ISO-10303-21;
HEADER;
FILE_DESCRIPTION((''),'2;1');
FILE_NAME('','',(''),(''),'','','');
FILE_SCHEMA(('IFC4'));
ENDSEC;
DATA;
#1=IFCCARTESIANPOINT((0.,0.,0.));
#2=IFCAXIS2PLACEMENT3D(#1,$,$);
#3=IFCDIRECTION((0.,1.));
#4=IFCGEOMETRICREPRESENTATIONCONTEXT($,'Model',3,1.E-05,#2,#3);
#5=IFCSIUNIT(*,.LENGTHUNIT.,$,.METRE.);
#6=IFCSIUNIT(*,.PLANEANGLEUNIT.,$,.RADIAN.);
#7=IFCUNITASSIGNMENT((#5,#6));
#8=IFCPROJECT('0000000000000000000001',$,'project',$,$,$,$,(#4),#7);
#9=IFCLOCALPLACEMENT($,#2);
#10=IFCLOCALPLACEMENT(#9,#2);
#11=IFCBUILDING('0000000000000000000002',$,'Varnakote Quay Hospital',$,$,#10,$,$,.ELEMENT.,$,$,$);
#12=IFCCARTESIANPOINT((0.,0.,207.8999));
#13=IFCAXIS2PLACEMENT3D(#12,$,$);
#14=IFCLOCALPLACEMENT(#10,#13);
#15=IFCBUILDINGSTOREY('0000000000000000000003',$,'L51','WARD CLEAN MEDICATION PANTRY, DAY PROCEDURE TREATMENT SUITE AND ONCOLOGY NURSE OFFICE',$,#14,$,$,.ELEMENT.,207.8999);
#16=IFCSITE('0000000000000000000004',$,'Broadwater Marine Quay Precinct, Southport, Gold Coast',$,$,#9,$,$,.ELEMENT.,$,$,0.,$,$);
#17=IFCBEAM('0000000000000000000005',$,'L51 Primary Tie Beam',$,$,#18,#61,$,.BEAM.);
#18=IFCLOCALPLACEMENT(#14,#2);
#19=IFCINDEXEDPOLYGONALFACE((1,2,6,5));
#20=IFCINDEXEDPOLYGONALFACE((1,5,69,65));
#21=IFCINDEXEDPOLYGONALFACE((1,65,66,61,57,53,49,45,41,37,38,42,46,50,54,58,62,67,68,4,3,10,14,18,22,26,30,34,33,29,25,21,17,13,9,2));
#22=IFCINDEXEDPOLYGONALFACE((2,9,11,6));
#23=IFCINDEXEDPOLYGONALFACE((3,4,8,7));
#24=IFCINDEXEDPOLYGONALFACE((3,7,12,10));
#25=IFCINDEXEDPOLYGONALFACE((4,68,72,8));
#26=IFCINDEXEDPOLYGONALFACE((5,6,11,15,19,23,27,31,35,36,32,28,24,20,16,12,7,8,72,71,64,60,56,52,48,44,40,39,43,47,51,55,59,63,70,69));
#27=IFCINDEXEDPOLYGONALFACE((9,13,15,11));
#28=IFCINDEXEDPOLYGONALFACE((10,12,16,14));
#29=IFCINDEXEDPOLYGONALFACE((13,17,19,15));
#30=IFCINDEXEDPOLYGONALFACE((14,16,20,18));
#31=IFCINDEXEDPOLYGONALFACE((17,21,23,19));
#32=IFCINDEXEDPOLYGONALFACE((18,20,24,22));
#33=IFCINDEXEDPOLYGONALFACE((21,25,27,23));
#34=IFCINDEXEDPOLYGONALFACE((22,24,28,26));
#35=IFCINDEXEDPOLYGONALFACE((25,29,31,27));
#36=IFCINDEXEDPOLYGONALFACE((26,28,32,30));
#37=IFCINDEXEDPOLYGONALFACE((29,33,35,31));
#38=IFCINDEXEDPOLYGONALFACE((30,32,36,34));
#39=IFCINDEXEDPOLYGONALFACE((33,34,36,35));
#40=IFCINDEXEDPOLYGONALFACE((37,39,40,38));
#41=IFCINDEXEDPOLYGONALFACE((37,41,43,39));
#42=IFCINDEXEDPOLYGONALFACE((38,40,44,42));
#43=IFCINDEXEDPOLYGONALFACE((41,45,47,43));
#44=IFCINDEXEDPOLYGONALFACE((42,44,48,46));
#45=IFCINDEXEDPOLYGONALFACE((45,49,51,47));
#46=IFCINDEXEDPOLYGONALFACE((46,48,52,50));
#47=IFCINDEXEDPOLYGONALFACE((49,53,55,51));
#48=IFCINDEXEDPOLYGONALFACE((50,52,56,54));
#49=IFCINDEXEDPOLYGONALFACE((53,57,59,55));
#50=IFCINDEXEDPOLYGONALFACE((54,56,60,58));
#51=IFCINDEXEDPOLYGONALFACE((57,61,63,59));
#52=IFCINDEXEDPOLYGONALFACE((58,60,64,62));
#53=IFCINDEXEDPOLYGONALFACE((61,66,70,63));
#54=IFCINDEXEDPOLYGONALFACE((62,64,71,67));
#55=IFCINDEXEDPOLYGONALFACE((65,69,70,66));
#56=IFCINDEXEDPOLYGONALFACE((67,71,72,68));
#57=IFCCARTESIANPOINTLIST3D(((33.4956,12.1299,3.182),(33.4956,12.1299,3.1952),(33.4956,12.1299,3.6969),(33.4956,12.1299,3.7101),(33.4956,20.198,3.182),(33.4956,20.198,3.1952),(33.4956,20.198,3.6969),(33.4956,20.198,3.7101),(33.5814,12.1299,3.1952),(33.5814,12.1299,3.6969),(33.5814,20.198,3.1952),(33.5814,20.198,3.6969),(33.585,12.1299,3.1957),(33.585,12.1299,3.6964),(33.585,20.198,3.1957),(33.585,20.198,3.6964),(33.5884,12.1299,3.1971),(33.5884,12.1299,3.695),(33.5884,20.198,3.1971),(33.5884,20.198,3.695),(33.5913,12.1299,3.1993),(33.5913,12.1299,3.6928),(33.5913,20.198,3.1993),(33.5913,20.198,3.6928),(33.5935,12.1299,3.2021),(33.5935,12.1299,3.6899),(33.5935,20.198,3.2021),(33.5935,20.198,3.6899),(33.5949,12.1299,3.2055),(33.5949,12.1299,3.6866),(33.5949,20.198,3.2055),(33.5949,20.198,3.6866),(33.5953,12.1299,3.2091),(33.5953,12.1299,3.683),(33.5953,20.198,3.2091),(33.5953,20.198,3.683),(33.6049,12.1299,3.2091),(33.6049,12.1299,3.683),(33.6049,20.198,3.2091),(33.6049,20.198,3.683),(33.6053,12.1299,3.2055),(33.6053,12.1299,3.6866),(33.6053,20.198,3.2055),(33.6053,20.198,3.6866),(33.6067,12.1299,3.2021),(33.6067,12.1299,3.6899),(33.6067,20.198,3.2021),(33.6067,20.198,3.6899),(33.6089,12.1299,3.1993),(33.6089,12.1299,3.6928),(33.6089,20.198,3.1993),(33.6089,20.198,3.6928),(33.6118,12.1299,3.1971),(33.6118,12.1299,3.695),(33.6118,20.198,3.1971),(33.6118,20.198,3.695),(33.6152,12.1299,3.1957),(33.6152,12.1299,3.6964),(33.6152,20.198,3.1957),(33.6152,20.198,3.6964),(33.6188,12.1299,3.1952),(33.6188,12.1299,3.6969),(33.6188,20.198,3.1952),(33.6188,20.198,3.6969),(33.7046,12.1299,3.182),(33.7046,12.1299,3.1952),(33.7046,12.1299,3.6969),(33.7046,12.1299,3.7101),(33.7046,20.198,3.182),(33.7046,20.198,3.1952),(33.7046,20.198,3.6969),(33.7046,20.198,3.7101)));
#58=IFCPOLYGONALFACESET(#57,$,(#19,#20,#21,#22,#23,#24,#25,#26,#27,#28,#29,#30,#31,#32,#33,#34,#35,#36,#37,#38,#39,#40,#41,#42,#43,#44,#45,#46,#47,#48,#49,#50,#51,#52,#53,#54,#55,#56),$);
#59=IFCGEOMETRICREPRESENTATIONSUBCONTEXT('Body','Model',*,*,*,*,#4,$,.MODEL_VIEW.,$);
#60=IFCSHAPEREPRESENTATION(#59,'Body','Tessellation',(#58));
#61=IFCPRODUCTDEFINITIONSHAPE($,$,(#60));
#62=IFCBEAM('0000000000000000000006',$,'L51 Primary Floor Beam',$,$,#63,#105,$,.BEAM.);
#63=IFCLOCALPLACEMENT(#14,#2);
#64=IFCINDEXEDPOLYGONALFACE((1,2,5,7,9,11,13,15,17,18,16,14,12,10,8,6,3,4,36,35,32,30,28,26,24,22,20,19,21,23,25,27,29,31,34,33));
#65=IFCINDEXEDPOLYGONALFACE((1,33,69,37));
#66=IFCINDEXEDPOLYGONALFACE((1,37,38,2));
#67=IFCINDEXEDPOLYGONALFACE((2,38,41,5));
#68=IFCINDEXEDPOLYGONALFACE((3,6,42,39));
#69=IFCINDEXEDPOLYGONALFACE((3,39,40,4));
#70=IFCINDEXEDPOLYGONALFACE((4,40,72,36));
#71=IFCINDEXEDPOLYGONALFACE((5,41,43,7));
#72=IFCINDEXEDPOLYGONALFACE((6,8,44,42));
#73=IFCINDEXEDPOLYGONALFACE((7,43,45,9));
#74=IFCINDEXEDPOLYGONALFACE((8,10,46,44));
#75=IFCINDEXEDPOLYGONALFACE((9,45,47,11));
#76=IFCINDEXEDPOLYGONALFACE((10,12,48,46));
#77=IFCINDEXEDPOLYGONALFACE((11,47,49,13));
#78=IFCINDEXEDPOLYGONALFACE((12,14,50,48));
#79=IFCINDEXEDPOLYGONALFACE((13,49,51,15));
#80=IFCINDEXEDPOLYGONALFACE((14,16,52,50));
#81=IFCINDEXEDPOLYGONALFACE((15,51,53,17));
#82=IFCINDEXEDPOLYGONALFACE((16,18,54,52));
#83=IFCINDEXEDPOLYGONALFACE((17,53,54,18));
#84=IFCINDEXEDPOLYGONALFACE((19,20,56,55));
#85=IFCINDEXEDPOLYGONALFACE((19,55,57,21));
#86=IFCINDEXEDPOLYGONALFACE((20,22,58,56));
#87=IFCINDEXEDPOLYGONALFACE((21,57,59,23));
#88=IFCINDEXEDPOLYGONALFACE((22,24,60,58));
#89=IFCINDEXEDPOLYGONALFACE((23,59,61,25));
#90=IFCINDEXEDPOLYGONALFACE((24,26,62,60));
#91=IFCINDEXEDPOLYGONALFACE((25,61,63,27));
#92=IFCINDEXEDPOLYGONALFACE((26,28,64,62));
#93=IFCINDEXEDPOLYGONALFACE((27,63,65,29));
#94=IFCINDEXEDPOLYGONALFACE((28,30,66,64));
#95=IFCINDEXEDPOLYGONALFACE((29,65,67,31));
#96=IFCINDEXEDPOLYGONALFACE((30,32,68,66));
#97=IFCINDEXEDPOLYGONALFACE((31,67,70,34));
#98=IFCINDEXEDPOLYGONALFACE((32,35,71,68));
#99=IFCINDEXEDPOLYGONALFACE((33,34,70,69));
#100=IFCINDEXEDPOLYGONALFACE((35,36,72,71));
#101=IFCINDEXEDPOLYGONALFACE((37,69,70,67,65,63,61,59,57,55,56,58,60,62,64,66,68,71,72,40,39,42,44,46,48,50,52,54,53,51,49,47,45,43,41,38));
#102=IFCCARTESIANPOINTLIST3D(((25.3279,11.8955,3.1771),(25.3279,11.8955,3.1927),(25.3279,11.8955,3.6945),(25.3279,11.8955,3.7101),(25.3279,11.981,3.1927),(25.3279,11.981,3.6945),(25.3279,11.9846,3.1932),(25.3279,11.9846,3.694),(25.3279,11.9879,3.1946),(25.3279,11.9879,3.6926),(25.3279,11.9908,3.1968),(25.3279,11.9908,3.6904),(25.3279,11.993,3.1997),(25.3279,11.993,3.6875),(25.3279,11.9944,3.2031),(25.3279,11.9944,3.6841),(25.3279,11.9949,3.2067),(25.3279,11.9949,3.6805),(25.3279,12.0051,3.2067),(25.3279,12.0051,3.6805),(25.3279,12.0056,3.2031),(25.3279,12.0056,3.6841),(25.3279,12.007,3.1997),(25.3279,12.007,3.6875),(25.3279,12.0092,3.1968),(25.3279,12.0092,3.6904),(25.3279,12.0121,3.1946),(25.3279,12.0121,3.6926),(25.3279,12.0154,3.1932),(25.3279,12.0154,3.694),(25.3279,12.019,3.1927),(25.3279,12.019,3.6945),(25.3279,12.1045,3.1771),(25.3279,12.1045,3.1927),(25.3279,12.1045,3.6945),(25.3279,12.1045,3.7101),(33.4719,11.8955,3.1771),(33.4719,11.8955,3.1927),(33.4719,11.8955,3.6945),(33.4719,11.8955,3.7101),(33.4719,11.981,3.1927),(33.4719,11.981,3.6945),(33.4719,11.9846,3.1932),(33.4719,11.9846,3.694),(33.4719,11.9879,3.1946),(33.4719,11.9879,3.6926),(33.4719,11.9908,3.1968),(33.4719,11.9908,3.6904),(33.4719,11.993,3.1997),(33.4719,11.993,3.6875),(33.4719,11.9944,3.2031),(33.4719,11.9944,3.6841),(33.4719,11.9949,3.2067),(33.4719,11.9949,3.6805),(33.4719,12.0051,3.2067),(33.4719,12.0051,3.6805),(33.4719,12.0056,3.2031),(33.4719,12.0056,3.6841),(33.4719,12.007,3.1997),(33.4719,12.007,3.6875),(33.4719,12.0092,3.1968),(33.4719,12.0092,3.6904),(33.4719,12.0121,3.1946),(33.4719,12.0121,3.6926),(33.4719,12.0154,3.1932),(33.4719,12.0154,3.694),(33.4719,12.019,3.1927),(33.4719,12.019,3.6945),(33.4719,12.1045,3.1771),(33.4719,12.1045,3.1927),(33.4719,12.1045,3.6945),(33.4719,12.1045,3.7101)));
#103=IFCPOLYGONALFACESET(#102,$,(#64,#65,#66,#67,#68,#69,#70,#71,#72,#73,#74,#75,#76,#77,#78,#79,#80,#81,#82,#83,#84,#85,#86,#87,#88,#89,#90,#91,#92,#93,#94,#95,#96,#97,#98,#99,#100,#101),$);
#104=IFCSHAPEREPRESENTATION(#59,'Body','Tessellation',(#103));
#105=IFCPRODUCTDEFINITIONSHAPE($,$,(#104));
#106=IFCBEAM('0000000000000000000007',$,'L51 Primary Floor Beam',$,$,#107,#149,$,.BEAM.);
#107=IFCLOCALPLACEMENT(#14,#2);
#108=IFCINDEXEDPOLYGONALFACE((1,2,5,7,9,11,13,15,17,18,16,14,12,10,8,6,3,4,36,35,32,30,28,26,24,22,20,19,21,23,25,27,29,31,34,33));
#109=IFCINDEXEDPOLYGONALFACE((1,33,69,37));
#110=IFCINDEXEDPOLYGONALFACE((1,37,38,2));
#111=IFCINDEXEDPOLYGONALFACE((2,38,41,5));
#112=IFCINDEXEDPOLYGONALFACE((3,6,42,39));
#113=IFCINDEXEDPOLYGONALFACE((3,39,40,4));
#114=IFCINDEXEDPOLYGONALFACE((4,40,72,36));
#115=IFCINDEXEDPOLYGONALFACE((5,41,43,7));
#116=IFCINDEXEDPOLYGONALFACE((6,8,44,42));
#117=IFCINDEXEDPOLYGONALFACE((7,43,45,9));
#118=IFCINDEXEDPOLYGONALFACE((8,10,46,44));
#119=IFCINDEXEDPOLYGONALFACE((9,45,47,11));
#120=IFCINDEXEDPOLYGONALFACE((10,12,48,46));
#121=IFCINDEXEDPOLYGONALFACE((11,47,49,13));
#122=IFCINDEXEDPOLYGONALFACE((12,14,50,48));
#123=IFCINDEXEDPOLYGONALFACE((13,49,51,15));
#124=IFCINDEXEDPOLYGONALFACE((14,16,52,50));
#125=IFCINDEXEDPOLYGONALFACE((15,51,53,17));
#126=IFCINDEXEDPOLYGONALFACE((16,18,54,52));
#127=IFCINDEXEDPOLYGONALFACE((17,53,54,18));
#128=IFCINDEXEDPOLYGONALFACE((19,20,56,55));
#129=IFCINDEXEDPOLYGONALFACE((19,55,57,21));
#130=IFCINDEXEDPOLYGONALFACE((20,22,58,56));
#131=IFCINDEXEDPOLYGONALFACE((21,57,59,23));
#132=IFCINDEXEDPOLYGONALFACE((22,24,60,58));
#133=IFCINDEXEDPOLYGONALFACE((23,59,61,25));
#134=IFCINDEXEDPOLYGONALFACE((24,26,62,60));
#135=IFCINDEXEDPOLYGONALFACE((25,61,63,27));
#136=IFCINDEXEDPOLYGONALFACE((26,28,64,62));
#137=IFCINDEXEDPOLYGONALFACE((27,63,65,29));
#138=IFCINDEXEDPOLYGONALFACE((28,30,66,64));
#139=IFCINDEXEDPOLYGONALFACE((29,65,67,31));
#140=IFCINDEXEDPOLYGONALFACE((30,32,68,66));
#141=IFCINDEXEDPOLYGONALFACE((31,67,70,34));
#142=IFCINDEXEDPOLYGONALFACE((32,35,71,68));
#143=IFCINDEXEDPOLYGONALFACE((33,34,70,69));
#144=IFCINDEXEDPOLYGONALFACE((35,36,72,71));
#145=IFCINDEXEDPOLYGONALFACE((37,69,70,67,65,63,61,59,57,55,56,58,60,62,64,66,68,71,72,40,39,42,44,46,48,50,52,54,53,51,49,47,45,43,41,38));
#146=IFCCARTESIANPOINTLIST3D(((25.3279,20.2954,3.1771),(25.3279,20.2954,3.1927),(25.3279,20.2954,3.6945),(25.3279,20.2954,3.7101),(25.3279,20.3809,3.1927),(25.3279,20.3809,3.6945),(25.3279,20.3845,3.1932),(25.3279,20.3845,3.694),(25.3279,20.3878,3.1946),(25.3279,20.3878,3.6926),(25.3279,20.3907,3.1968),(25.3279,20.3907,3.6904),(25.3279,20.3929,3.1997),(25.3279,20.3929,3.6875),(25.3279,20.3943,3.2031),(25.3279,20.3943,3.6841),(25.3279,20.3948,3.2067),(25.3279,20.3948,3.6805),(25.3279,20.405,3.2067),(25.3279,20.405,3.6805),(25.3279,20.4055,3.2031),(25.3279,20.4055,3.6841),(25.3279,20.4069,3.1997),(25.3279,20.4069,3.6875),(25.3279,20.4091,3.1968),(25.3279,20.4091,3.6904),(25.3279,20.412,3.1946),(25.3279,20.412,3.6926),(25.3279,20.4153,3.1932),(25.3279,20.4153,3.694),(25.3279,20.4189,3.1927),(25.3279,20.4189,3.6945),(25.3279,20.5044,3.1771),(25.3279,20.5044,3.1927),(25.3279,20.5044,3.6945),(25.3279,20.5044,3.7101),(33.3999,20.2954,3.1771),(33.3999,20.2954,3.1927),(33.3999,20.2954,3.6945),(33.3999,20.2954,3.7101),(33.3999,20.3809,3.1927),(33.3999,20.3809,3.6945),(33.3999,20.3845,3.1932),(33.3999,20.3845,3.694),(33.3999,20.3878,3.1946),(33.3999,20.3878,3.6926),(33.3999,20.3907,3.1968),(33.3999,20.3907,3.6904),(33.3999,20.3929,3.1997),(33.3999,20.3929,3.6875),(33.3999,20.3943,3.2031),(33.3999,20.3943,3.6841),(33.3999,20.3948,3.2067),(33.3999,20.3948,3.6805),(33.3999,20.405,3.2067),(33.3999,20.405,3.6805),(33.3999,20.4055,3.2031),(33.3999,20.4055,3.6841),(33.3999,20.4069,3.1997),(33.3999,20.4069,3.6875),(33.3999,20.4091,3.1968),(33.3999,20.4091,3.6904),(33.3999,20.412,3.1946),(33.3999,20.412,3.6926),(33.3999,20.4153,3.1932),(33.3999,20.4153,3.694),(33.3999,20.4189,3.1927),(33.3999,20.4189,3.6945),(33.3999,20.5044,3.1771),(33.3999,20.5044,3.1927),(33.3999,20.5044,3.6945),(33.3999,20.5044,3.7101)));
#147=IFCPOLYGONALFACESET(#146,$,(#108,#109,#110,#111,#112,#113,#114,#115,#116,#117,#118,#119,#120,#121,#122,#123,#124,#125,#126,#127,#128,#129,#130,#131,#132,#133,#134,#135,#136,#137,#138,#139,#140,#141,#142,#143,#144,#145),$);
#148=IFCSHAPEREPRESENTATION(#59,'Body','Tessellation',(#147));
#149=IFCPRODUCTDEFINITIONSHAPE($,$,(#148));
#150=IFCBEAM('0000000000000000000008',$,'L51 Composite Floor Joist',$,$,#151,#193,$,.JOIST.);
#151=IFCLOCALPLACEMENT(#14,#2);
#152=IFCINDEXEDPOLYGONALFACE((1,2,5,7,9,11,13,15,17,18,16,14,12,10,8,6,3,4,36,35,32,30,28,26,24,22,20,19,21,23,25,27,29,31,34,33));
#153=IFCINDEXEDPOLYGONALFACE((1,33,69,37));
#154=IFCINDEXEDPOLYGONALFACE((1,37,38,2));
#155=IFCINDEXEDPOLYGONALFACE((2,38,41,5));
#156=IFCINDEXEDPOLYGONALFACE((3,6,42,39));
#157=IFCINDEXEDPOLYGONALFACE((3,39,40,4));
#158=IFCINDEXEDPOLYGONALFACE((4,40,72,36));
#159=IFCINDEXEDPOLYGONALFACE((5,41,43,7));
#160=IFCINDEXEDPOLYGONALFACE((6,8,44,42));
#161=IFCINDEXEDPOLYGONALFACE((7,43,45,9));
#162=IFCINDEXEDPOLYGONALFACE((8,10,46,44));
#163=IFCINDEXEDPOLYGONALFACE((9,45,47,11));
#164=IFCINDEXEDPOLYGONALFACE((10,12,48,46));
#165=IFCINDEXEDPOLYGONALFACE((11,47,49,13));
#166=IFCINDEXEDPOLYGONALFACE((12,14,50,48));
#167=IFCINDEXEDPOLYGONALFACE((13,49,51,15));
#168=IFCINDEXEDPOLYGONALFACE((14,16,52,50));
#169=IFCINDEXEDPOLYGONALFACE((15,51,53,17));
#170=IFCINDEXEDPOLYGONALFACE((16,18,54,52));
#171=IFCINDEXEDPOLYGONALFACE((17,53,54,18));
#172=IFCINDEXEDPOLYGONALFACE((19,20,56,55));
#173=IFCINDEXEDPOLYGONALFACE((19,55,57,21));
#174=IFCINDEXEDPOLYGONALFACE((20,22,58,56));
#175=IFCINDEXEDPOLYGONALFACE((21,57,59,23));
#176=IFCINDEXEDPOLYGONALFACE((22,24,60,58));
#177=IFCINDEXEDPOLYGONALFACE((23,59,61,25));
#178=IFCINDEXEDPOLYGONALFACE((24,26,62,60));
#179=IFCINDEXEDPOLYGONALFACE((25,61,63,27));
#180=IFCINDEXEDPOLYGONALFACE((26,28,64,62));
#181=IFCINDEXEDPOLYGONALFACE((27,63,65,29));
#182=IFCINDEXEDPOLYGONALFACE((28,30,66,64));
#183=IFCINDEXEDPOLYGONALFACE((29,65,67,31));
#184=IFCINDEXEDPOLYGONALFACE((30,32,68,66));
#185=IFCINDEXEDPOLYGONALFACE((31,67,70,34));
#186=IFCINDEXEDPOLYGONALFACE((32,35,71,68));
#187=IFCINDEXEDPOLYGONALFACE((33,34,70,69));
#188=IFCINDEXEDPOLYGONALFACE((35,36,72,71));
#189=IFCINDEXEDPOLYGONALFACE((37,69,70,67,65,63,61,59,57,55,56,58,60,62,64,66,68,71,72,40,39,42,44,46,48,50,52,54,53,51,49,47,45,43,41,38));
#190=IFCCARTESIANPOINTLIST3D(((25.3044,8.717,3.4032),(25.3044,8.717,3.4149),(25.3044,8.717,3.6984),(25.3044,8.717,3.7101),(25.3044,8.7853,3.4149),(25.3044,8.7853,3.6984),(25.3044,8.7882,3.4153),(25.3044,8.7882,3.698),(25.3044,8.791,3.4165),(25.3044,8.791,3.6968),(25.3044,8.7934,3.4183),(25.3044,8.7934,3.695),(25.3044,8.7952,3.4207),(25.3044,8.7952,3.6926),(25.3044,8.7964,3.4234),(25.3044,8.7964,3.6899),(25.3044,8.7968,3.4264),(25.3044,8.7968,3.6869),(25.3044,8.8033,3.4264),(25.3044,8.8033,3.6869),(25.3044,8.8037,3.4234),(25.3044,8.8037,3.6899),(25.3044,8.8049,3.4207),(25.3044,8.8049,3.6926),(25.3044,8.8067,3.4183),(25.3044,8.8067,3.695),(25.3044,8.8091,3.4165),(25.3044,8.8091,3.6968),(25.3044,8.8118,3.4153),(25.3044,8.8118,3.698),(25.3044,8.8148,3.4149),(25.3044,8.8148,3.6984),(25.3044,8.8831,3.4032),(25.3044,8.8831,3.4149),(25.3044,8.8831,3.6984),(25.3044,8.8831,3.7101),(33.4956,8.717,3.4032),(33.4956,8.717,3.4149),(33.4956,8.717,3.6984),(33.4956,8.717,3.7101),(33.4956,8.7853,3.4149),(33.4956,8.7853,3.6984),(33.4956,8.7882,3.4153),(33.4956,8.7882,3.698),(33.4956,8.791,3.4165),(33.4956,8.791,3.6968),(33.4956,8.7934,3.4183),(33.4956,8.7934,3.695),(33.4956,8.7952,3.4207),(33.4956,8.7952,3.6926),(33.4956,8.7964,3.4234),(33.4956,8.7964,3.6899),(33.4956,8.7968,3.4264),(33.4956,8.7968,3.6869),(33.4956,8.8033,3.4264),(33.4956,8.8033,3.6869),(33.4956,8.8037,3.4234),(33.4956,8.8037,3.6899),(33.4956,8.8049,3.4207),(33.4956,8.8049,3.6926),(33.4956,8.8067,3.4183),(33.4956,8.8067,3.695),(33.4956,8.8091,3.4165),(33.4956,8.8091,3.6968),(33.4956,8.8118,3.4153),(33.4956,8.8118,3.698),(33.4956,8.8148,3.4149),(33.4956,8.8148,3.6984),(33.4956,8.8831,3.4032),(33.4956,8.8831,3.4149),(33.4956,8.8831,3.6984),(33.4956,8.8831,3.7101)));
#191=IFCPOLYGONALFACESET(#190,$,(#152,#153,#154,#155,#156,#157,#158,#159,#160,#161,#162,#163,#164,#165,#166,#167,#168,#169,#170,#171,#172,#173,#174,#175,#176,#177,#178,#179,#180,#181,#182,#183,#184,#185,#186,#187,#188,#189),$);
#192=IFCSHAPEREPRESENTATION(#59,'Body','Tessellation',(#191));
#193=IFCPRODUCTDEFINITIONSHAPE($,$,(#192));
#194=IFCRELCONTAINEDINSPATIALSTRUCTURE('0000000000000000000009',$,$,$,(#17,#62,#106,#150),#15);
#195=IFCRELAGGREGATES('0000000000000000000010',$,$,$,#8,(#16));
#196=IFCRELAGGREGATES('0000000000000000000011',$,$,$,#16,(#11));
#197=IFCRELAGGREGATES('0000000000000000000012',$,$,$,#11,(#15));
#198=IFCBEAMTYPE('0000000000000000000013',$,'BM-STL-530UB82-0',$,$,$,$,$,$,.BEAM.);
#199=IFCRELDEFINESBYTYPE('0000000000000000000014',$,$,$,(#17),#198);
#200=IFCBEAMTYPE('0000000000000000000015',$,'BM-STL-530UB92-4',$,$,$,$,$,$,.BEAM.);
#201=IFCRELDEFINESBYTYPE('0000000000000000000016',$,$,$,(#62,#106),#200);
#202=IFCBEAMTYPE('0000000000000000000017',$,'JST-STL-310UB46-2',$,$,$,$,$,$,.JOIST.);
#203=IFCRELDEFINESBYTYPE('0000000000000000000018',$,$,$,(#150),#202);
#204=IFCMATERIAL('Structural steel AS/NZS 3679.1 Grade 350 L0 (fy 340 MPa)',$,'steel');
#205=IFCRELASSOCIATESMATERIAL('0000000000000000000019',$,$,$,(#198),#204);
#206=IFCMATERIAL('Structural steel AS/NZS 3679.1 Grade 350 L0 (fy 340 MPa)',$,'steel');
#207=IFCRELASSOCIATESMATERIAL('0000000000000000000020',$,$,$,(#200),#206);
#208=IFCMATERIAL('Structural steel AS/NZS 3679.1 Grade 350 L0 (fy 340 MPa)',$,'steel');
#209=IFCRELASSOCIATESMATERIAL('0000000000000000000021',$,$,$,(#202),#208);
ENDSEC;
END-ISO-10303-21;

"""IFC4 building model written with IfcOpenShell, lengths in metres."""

from ifc_helpers import new_model, si_unit, direction, frame, origin, origin_2d, place, context, subcontext, project, spatial, i_section, extrude, material, material_profile, profile_set, type_object, element, save


model = new_model("IFC4")

# Units and contexts
model_context = context("Model", 3, precision=1e-05, world=origin(), true_north=direction((0.0, 1.0)))
body_context = subcontext(model_context, "Body", "Model", "MODEL_VIEW")
ifc_project = project(units=[si_unit("LENGTHUNIT", "METRE"), si_unit("PLANEANGLEUNIT", "RADIAN")], contexts=[model_context])

# Site, building, storey
site_placement = place(None, origin())
site = spatial("IfcSite", under=ifc_project, at=site_placement, Name="Broadwater Marine Quay Precinct, Southport, Gold Coast", CompositionType="ELEMENT", RefElevation=0.0)
building_placement = place(site_placement, origin())
building = spatial("IfcBuilding", under=site, at=building_placement, Name="Varnakote Quay Hospital", CompositionType="ELEMENT")
storey_placement = place(building_placement, frame((0.0, 0.0, 207.8999)))
storey = spatial("IfcBuildingStorey", under=building, at=storey_placement, Name="L51", Description="WARD CLEAN MEDICATION PANTRY, DAY PROCEDURE TREATMENT SUITE AND ONCOLOGY NURSE OFFICE", CompositionType="ELEMENT", Elevation=207.8999)

# Beams
ifc_material_1 = material(Name="Structural steel AS/NZS 3679.1 Grade 350 L0 (fy 340 MPa)", Category="steel")
ifc_material_profile_1 = material_profile(ifc_material_1, i_section(OverallWidth=0.209, OverallDepth=0.5281, WebThickness=0.0095, FlangeThickness=0.0132, FilletRadius=0.0139, at=origin_2d()), Name="530UB82.0")
ifc_profile_set_1 = profile_set([ifc_material_profile_1], Name="Structural steel AS/NZS 3679.1 Grade 350 L0 (fy 340 MPa)")
beam_type_1 = type_object("IfcBeamType", Name="BM-STL-530UB82-0", PredefinedType="BEAM", material=ifc_profile_set_1)
beam_1_placement = place(storey_placement, frame((33.6001, 12.1299, 3.446), z_axis=(0.0, 1.0, 0.0), x_axis=(-1.0, 0.0, 0.0)))
element("IfcBeam", 1, at=beam_1_placement, inside=storey, type_object=beam_type_1, Name="L51 Primary Tie Beam", PredefinedType="BEAM", context=body_context, shape_type="SweptSolid", body=[
    extrude(i_section(OverallWidth=0.209, OverallDepth=0.5281, WebThickness=0.0095, FlangeThickness=0.0132, FilletRadius=0.0139, at=origin_2d()), origin(), (0.0, 0.0, 1.0), 8.0681),
])
ifc_material_2 = material(Name="Structural steel AS/NZS 3679.1 Grade 350 L0 (fy 340 MPa)", Category="steel")
ifc_material_profile_2 = material_profile(ifc_material_2, i_section(OverallWidth=0.209, OverallDepth=0.533, WebThickness=0.0103, FlangeThickness=0.0156, FilletRadius=0.0139, at=origin_2d()), Name="530UB92.4")
ifc_profile_set_2 = profile_set([ifc_material_profile_2], Name="Structural steel AS/NZS 3679.1 Grade 350 L0 (fy 340 MPa)")
beam_type_2 = type_object("IfcBeamType", Name="BM-STL-530UB92-4", PredefinedType="BEAM", material=ifc_profile_set_2)
beam_2_placement = place(storey_placement, frame((25.3279, 12.0, 3.4436), z_axis=(1.0, 0.0, 0.0), x_axis=(0.0, 1.0, 0.0)))
element("IfcBeam", 2, at=beam_2_placement, inside=storey, type_object=beam_type_2, Name="L51 Primary Floor Beam", PredefinedType="BEAM", context=body_context, shape_type="SweptSolid", body=[
    extrude(i_section(OverallWidth=0.209, OverallDepth=0.533, WebThickness=0.0103, FlangeThickness=0.0156, FilletRadius=0.0139, at=origin_2d()), origin(), (0.0, 0.0, 1.0), 8.144),
])
beam_3_placement = place(storey_placement, frame((25.3279, 20.3999, 3.4436), z_axis=(1.0, 0.0, 0.0), x_axis=(0.0, 1.0, 0.0)))
element("IfcBeam", 3, at=beam_3_placement, inside=storey, type_object=beam_type_2, Name="L51 Primary Floor Beam", PredefinedType="BEAM", context=body_context, shape_type="SweptSolid", body=[
    extrude(i_section(OverallWidth=0.209, OverallDepth=0.533, WebThickness=0.0103, FlangeThickness=0.0156, FilletRadius=0.0139, at=origin_2d()), origin(), (0.0, 0.0, 1.0), 8.072),
])
ifc_material_3 = material(Name="Structural steel AS/NZS 3679.1 Grade 350 L0 (fy 340 MPa)", Category="steel")
ifc_material_profile_3 = material_profile(ifc_material_3, i_section(OverallWidth=0.166, OverallDepth=0.3069, WebThickness=0.0066, FlangeThickness=0.0117, FilletRadius=0.0115, at=origin_2d()), Name="310UB46.2")
ifc_profile_set_3 = profile_set([ifc_material_profile_3], Name="Structural steel AS/NZS 3679.1 Grade 350 L0 (fy 340 MPa)")
beam_type_3 = type_object("IfcBeamType", Name="JST-STL-310UB46-2", PredefinedType="JOIST", material=ifc_profile_set_3)
beam_4_placement = place(storey_placement, frame((25.3044, 8.8, 3.5566), z_axis=(1.0, 0.0, 0.0), x_axis=(0.0, 1.0, 0.0)))
element("IfcBeam", 4, at=beam_4_placement, inside=storey, type_object=beam_type_3, Name="L51 Composite Floor Joist", PredefinedType="JOIST", context=body_context, shape_type="SweptSolid", body=[
    extrude(i_section(OverallWidth=0.166, OverallDepth=0.3069, WebThickness=0.0066, FlangeThickness=0.0117, FilletRadius=0.0115, at=origin_2d()), origin(), (0.0, 0.0, 1.0), 8.1912),
])

save(model, "model.ifc")
